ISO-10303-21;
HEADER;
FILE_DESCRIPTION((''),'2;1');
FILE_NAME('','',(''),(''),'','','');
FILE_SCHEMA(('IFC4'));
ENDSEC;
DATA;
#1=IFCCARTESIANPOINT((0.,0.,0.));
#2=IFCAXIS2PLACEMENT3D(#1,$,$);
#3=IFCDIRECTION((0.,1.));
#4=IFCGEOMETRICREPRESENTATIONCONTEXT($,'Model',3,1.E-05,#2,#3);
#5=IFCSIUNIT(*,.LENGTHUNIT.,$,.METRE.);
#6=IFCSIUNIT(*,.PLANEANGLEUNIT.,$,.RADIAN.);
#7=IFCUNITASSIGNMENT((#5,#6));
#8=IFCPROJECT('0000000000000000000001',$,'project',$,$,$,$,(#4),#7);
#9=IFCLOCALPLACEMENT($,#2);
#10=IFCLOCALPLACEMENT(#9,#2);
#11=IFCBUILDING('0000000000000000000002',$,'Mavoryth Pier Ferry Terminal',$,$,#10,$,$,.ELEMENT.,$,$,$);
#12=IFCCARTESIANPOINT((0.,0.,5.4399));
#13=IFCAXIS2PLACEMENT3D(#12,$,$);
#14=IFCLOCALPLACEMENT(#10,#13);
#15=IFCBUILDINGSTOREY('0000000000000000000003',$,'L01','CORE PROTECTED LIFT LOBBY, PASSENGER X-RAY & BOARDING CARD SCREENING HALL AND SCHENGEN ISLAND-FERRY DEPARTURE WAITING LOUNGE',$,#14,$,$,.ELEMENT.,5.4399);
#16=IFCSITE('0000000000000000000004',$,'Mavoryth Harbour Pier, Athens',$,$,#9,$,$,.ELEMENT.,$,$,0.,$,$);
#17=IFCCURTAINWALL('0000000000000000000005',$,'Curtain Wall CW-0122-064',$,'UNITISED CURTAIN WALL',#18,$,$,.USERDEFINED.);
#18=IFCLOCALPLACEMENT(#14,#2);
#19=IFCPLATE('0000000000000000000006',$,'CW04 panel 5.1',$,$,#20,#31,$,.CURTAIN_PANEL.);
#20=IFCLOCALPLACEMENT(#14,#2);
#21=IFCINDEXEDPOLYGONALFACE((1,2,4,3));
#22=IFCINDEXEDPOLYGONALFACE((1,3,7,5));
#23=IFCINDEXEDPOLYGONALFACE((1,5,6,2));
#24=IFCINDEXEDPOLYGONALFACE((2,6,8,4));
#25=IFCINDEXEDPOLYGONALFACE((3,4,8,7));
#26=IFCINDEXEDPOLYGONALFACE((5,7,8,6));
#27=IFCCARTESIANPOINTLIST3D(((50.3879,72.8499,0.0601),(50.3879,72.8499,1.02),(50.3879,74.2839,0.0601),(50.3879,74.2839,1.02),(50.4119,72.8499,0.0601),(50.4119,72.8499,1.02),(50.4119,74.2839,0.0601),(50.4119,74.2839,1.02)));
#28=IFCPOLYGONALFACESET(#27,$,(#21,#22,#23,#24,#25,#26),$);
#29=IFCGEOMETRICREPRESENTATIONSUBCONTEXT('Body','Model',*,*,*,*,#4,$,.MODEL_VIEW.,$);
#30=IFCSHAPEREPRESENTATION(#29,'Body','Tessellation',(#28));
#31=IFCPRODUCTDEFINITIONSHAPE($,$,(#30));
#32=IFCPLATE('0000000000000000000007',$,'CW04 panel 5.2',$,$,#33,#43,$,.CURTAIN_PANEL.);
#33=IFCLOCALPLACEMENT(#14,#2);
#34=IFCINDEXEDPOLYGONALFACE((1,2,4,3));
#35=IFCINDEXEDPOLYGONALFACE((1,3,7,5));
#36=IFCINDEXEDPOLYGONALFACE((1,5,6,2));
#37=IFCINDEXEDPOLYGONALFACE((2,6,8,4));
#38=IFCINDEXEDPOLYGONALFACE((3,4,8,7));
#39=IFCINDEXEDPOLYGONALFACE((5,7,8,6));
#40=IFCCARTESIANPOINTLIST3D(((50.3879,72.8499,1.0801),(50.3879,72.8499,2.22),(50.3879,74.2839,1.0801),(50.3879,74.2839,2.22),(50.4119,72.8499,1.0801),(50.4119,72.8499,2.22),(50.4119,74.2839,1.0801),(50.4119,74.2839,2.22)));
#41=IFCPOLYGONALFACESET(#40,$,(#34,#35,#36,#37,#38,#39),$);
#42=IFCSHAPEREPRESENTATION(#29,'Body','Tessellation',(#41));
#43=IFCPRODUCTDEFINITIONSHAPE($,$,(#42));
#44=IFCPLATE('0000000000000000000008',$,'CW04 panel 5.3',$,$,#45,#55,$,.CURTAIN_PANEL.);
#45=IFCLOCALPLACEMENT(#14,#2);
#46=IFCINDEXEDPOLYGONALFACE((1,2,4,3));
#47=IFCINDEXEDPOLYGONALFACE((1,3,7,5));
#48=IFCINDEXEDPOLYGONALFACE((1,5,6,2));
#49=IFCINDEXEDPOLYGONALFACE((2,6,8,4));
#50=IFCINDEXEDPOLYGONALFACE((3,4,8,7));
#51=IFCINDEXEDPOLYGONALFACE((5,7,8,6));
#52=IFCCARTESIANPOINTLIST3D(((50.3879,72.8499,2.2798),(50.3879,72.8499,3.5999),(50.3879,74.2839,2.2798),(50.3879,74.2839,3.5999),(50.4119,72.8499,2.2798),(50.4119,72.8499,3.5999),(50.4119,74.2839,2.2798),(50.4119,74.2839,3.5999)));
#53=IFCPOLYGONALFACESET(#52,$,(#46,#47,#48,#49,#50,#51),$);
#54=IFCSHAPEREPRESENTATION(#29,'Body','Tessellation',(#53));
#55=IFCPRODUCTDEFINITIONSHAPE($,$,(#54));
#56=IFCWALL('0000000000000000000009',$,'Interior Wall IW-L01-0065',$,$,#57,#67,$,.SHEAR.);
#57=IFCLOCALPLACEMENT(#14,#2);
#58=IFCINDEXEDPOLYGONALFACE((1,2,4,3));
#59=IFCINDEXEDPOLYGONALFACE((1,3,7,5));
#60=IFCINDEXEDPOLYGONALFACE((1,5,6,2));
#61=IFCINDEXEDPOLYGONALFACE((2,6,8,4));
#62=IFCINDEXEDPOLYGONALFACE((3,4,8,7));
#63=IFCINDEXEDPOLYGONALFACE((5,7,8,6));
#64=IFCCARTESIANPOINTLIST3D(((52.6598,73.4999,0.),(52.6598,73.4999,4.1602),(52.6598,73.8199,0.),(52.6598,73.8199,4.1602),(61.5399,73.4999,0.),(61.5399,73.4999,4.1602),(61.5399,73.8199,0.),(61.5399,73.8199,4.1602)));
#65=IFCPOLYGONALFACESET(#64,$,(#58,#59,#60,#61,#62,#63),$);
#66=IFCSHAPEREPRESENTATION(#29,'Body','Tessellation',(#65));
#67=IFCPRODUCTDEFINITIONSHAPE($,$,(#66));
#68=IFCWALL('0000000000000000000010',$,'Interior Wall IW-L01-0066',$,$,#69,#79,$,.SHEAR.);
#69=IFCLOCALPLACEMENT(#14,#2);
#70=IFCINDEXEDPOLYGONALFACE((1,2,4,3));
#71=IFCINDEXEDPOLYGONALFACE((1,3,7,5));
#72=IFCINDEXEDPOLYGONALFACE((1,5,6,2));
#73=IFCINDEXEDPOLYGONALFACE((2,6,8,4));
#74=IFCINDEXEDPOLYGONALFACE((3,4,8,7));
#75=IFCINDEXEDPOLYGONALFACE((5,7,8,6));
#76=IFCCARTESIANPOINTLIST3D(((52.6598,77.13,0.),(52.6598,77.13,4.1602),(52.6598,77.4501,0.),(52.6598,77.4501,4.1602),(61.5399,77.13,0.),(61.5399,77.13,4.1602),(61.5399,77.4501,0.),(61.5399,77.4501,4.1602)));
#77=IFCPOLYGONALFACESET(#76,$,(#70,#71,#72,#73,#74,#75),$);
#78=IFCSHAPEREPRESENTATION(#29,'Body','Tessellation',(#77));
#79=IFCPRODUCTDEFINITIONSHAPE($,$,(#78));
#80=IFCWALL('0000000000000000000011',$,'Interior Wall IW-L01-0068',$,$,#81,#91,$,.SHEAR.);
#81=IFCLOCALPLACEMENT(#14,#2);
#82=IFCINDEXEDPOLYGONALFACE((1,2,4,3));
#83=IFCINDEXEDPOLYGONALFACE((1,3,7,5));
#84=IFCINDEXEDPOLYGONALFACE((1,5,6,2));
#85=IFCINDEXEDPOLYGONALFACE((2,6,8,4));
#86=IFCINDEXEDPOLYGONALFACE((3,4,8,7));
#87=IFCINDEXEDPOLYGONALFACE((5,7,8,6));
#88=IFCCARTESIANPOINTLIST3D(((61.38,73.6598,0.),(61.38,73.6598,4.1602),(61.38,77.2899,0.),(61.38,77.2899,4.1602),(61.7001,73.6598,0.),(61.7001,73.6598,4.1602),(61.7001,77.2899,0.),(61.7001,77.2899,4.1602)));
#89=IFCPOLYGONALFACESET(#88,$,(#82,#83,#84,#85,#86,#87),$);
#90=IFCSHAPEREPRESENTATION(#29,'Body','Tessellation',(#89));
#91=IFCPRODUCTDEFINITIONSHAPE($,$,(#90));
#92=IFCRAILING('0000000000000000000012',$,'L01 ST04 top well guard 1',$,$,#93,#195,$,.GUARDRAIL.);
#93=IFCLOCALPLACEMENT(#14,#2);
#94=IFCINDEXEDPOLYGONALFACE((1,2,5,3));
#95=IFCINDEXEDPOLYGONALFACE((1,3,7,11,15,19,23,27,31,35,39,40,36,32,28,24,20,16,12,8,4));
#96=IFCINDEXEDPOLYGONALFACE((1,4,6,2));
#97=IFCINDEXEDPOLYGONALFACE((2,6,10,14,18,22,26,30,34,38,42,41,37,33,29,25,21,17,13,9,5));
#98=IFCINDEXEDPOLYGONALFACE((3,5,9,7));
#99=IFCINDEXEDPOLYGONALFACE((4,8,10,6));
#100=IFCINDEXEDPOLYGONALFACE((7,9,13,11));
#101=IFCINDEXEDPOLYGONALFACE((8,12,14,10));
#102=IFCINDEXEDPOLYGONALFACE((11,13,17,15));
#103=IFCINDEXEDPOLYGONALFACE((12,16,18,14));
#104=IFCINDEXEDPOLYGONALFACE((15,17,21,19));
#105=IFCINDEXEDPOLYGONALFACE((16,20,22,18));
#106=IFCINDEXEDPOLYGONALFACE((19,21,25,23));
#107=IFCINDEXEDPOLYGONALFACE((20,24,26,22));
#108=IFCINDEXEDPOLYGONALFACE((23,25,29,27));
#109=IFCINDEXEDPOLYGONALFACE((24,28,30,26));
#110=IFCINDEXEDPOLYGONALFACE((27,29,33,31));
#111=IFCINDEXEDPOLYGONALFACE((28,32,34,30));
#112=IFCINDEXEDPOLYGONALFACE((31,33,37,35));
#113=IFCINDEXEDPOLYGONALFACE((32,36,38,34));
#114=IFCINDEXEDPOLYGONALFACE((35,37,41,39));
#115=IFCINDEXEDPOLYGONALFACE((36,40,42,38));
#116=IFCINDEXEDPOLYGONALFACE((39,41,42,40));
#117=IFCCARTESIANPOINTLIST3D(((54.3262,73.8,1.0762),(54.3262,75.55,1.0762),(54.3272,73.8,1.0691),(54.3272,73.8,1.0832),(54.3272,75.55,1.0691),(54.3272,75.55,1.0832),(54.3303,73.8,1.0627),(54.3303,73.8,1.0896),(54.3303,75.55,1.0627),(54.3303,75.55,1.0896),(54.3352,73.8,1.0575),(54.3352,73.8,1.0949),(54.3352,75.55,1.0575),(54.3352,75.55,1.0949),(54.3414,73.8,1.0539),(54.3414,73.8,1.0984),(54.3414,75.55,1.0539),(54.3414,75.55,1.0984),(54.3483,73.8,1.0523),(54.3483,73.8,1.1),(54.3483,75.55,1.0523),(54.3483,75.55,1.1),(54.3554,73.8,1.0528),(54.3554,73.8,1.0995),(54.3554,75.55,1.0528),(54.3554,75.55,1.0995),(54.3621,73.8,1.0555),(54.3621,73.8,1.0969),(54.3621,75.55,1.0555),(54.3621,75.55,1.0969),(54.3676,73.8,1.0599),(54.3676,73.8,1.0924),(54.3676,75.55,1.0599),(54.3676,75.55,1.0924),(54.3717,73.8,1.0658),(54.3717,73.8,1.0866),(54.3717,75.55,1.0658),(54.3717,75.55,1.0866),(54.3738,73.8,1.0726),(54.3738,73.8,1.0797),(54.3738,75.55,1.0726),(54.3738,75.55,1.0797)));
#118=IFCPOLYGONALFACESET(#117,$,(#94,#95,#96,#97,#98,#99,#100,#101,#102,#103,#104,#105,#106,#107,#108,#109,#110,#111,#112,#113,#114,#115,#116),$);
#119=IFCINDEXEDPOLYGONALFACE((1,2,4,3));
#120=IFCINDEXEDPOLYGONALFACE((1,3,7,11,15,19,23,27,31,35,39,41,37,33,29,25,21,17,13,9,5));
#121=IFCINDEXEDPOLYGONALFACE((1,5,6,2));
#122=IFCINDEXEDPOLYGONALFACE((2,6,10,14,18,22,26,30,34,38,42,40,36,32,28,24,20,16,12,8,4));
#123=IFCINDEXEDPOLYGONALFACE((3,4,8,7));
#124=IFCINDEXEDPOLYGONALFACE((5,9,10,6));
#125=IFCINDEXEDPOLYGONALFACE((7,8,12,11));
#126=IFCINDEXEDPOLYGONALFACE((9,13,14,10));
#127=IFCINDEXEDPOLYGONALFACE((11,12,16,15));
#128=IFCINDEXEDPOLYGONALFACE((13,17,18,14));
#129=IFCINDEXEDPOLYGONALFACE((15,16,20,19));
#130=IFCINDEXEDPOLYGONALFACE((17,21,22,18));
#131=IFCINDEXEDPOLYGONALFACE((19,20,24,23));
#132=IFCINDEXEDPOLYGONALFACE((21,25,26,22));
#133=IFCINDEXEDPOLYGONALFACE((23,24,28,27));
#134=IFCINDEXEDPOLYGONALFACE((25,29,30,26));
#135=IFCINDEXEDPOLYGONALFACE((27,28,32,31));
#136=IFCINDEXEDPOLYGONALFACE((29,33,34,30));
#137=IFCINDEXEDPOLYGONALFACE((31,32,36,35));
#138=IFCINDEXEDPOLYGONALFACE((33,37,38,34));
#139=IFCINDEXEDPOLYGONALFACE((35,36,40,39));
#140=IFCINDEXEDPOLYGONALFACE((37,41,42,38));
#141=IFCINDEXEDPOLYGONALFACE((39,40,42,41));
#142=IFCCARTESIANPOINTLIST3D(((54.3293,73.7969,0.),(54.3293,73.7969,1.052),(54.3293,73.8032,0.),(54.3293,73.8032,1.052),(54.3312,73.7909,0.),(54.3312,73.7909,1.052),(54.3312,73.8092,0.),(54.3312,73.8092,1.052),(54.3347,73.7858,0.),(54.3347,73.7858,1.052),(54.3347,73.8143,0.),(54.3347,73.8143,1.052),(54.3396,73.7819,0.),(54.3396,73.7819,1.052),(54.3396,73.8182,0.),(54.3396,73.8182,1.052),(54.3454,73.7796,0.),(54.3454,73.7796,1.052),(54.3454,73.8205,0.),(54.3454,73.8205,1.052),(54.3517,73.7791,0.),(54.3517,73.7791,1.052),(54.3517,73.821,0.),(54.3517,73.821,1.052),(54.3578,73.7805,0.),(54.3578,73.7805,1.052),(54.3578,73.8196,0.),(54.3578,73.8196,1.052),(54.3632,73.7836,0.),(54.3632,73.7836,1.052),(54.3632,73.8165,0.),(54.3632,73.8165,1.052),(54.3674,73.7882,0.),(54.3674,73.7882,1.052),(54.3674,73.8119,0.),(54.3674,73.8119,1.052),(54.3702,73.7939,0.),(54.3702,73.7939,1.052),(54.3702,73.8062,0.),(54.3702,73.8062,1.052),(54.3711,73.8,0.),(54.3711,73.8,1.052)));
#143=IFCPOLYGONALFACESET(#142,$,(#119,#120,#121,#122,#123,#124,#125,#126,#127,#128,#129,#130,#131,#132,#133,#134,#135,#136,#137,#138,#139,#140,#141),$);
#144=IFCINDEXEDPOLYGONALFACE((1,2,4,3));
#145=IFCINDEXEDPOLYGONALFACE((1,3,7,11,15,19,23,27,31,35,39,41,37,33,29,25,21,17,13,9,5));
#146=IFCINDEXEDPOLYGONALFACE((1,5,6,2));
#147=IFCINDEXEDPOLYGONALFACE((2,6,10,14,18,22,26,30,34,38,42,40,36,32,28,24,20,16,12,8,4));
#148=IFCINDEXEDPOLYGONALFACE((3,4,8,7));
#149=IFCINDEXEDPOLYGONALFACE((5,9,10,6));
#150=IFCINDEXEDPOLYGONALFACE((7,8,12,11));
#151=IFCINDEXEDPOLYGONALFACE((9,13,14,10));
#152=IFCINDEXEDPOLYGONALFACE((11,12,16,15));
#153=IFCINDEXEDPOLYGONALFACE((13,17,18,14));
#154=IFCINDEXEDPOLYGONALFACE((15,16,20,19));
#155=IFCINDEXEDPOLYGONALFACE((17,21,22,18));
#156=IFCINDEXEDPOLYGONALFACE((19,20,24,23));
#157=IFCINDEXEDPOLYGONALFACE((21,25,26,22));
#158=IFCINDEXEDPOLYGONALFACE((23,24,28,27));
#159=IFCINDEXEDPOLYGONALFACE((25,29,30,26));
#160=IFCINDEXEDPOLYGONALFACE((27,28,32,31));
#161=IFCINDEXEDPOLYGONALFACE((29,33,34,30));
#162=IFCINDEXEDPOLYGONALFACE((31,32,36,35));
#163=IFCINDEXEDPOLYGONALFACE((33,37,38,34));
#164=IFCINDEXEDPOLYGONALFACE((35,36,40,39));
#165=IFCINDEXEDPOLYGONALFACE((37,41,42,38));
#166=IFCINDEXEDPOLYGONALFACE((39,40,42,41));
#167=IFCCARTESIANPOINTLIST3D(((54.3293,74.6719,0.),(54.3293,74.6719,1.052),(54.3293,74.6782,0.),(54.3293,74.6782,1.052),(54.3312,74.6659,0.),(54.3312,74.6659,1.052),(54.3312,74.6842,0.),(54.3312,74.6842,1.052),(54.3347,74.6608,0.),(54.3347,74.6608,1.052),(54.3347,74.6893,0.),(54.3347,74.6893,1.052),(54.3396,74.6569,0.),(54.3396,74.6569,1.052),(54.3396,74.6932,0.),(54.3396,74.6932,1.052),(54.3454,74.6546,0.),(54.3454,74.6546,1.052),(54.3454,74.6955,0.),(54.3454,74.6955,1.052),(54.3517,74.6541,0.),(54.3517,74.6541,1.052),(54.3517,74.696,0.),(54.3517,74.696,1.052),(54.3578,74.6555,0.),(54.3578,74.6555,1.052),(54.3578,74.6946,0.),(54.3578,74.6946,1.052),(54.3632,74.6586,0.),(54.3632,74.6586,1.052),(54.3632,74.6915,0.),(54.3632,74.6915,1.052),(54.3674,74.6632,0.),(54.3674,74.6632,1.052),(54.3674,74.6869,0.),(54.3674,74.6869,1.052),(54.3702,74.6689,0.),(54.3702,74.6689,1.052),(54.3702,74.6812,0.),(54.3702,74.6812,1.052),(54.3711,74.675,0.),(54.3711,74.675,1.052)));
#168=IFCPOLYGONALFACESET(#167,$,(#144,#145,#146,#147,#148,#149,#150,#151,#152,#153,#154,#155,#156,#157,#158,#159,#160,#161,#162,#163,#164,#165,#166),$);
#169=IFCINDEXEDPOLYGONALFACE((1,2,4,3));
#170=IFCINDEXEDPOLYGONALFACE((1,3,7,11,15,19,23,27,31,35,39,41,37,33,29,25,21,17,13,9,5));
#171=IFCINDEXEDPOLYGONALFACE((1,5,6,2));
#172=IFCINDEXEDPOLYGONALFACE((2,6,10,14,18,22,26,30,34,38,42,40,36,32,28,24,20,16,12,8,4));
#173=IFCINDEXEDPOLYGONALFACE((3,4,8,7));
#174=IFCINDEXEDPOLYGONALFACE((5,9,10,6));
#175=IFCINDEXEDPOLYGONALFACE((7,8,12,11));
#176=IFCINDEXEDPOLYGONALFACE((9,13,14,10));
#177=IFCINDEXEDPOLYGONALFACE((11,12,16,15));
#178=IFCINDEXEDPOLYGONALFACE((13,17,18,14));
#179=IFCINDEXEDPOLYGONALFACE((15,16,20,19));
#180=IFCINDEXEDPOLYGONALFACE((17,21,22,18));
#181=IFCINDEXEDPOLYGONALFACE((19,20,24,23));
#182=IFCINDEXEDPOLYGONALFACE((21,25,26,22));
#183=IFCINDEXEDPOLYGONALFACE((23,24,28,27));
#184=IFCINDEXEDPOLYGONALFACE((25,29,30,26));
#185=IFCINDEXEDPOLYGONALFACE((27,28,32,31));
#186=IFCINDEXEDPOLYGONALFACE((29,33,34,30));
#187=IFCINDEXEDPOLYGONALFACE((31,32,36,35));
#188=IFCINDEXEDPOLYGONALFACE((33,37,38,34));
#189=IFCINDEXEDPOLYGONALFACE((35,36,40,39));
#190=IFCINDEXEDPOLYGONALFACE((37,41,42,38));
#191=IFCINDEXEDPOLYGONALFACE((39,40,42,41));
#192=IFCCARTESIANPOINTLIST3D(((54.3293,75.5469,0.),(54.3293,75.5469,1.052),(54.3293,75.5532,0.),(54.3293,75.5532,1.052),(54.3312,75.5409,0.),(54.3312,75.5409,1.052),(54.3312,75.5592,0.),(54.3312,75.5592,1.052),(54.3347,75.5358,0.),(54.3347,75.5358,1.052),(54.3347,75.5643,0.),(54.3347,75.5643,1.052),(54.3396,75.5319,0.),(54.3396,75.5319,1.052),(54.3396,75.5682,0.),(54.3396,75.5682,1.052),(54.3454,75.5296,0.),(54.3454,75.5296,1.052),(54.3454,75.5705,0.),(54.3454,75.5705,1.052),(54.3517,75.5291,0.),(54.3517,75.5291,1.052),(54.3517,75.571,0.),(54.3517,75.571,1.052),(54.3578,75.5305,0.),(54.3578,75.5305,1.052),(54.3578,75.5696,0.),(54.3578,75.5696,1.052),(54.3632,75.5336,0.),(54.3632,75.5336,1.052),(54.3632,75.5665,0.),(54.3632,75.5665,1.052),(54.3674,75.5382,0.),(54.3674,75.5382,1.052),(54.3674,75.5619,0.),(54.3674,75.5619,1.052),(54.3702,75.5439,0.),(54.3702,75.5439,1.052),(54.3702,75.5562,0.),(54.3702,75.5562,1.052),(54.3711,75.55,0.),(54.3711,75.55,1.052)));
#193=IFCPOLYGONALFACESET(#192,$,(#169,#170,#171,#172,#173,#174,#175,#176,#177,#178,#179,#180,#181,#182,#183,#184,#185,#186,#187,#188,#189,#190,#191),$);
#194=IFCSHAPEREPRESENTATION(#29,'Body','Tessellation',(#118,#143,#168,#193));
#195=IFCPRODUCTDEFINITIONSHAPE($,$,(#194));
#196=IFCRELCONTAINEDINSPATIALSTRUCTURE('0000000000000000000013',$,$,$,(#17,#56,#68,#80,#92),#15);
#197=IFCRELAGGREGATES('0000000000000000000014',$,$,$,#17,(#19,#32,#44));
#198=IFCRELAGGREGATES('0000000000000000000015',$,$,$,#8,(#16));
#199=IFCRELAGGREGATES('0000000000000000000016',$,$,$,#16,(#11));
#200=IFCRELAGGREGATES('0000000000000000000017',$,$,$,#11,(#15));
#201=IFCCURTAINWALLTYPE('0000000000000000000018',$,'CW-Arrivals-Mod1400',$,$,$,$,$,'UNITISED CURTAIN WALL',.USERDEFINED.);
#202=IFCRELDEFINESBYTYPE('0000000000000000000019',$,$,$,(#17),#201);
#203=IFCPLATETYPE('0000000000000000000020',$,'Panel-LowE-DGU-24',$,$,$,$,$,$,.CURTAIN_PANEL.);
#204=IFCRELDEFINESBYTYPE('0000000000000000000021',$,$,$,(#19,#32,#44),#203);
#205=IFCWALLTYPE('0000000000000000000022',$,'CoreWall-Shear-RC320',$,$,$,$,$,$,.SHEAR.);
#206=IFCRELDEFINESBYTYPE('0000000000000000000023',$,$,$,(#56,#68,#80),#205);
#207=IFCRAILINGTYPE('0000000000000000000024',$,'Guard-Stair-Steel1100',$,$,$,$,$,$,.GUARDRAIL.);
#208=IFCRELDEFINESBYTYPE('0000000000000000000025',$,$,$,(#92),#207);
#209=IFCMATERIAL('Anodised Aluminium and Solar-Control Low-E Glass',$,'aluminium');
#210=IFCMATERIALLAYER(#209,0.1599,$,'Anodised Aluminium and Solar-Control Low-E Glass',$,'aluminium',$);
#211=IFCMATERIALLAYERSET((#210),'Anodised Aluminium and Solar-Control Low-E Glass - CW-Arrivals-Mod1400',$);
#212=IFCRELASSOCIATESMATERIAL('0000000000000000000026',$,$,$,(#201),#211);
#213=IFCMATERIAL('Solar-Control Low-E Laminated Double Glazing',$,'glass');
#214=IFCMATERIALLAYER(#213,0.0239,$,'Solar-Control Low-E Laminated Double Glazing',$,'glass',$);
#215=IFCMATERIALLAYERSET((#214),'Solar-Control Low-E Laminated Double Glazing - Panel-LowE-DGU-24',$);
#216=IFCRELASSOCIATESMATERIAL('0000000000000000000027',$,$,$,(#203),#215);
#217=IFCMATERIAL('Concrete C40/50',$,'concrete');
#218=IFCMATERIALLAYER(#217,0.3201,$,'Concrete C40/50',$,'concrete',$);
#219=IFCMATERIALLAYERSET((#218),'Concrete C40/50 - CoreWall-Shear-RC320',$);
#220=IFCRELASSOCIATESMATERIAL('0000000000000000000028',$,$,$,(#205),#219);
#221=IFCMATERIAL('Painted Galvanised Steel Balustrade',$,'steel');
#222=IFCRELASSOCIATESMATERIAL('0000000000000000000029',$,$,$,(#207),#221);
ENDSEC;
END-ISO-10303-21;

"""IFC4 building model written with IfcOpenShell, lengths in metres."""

from ifc_helpers import new_model, si_unit, direction, frame, frame_2d, origin, origin_2d, place, context, subcontext, project, spatial, rectangle, circle, extrude, material, layer, layer_set, type_object, element, aggregate, save


model = new_model("IFC4")

# Units and contexts
model_context = context("Model", 3, precision=1e-05, world=origin(), true_north=direction((0.0, 1.0)))
body_context = subcontext(model_context, "Body", "Model", "MODEL_VIEW")
ifc_project = project(units=[si_unit("LENGTHUNIT", "METRE"), si_unit("PLANEANGLEUNIT", "RADIAN")], contexts=[model_context])

# Site, building, storey
site_placement = place(None, origin())
site = spatial("IfcSite", under=ifc_project, at=site_placement, Name="Mavoryth Harbour Pier, Athens", CompositionType="ELEMENT", RefElevation=0.0)
building_placement = place(site_placement, origin())
building = spatial("IfcBuilding", under=site, at=building_placement, Name="Mavoryth Pier Ferry Terminal", CompositionType="ELEMENT")
storey_placement = place(building_placement, frame((0.0, 0.0, 5.4399)))
storey = spatial("IfcBuildingStorey", under=building, at=storey_placement, Name="L01", Description="CORE PROTECTED LIFT LOBBY, PASSENGER X-RAY & BOARDING CARD SCREENING HALL AND SCHENGEN ISLAND-FERRY DEPARTURE WAITING LOUNGE", CompositionType="ELEMENT", Elevation=5.4399)

# Curtain wall, plates
ifc_material_1 = material(Name="Anodised Aluminium and Solar-Control Low-E Glass", Category="aluminium")
ifc_layer_1 = layer(ifc_material_1, 0.1599, Name="Anodised Aluminium and Solar-Control Low-E Glass", Category="aluminium")
ifc_layer_set_1 = layer_set([ifc_layer_1], Name="Anodised Aluminium and Solar-Control Low-E Glass - CW-Arrivals-Mod1400")
curtain_wall_type = type_object("IfcCurtainWallType", Name="CW-Arrivals-Mod1400", ElementType="UNITISED CURTAIN WALL", PredefinedType="USERDEFINED", material=ifc_layer_set_1)
curtain_wall_placement = place(storey_placement, origin())
curtain_wall = element("IfcCurtainWall", 1, at=curtain_wall_placement, inside=storey, type_object=curtain_wall_type, Name="Curtain Wall CW-0122-064", ObjectType="UNITISED CURTAIN WALL", PredefinedType="USERDEFINED")
ifc_material_2 = material(Name="Solar-Control Low-E Laminated Double Glazing", Category="glass")
ifc_layer_2 = layer(ifc_material_2, 0.0239, Name="Solar-Control Low-E Laminated Double Glazing", Category="glass")
ifc_layer_set_2 = layer_set([ifc_layer_2], Name="Solar-Control Low-E Laminated Double Glazing - Panel-LowE-DGU-24")
plate_type = type_object("IfcPlateType", Name="Panel-LowE-DGU-24", PredefinedType="CURTAIN_PANEL", material=ifc_layer_set_2)
plate_1_placement = place(storey_placement, frame((50.3999, 73.5669, 0.0601), z_axis=(0.0, 0.0, 1.0), x_axis=(0.0, -1.0, 0.0)))
plate_1 = element("IfcPlate", 2, at=plate_1_placement, type_object=plate_type, Name="CW04 panel 5.1", PredefinedType="CURTAIN_PANEL", context=body_context, shape_type="SweptSolid", body=[
    extrude(rectangle(XDim=1.4341, YDim=0.0239, at=origin_2d()), origin(), (0.0, 0.0, 1.0), 0.96),
])
plate_2_placement = place(storey_placement, frame((50.3999, 73.5669, 1.0801), z_axis=(0.0, 0.0, 1.0), x_axis=(0.0, -1.0, 0.0)))
plate_2 = element("IfcPlate", 3, at=plate_2_placement, type_object=plate_type, Name="CW04 panel 5.2", PredefinedType="CURTAIN_PANEL", context=body_context, shape_type="SweptSolid", body=[
    extrude(rectangle(XDim=1.4341, YDim=0.0239, at=origin_2d()), origin(), (0.0, 0.0, 1.0), 1.1399),
])
plate_3_placement = place(storey_placement, frame((50.3999, 73.5669, 2.2798), z_axis=(0.0, 0.0, 1.0), x_axis=(0.0, -1.0, 0.0)))
plate_3 = element("IfcPlate", 4, at=plate_3_placement, type_object=plate_type, Name="CW04 panel 5.3", PredefinedType="CURTAIN_PANEL", context=body_context, shape_type="SweptSolid", body=[
    extrude(rectangle(XDim=1.4341, YDim=0.0239, at=origin_2d()), origin(), (0.0, 0.0, 1.0), 1.3201),
])
aggregate(curtain_wall, [plate_1, plate_2, plate_3])

# Walls
ifc_material_3 = material(Name="Concrete C40/50", Category="concrete")
ifc_layer_3 = layer(ifc_material_3, 0.3201, Name="Concrete C40/50", Category="concrete")
ifc_layer_set_3 = layer_set([ifc_layer_3], Name="Concrete C40/50 - CoreWall-Shear-RC320")
wall_type = type_object("IfcWallType", Name="CoreWall-Shear-RC320", PredefinedType="SHEAR", material=ifc_layer_set_3)
for number, where, z_axis, x_axis, name in (
    (5, (52.6599, 73.6599, 0.0), (0.0, 0.0, 1.0), (1.0, 0.0, 0.0), "Interior Wall IW-L01-0065"),
    (6, (52.6599, 77.29, 0.0), (0.0, 0.0, 1.0), (1.0, 0.0, 0.0), "Interior Wall IW-L01-0066"),
):
    element("IfcWall", number, at=place(storey_placement, frame(where, z_axis=z_axis, x_axis=x_axis)), inside=storey, type_object=wall_type, Name=name, PredefinedType="SHEAR", context=body_context, shape_type="SweptSolid", body=[
        extrude(rectangle(XDim=8.8801, YDim=0.3201, at=frame_2d((4.4399, 0.0))), origin(), (0.0, 0.0, 1.0), 4.1602),
    ])

# Wall
wall_1_placement = place(storey_placement, frame((61.54, 73.6599, 0.0), z_axis=(0.0, 0.0, 1.0), x_axis=(0.0, 1.0, 0.0)))
element("IfcWall", 7, at=wall_1_placement, inside=storey, type_object=wall_type, Name="Interior Wall IW-L01-0068", PredefinedType="SHEAR", context=body_context, shape_type="SweptSolid", body=[
    extrude(rectangle(XDim=3.6301, YDim=0.3201, at=frame_2d((1.8149, 0.0))), origin(), (0.0, 0.0, 1.0), 4.1602),
])

# Railing
ifc_material_4 = material(Name="Painted Galvanised Steel Balustrade", Category="steel")
railing_type = type_object("IfcRailingType", Name="Guard-Stair-Steel1100", PredefinedType="GUARDRAIL", material=ifc_material_4)
railing_placement = place(storey_placement, frame((54.3501, 73.8, 0.0)))
element("IfcRailing", 8, at=railing_placement, inside=storey, type_object=railing_type, Name="L01 ST04 top well guard 1", PredefinedType="GUARDRAIL", context=body_context, shape_type="SweptSolid", body=[
    extrude(circle(Radius=0.0239, at=origin_2d()), frame((0.0, 0.0, 1.0762), z_axis=(0.0, 1.0, 0.0), x_axis=(-1.0, 0.0, 0.0)), (0.0, 0.0, 1.0), 1.75),
    extrude(circle(Radius=0.021, at=origin_2d()), origin(), (0.0, 0.0, 1.0), 1.052),
    extrude(circle(Radius=0.021, at=origin_2d()), frame((0.0, 0.875, 0.0)), (0.0, 0.0, 1.0), 1.052),
    extrude(circle(Radius=0.021, at=origin_2d()), frame((0.0, 1.75, 0.0)), (0.0, 0.0, 1.0), 1.052),
])

save(model, "model.ifc")
